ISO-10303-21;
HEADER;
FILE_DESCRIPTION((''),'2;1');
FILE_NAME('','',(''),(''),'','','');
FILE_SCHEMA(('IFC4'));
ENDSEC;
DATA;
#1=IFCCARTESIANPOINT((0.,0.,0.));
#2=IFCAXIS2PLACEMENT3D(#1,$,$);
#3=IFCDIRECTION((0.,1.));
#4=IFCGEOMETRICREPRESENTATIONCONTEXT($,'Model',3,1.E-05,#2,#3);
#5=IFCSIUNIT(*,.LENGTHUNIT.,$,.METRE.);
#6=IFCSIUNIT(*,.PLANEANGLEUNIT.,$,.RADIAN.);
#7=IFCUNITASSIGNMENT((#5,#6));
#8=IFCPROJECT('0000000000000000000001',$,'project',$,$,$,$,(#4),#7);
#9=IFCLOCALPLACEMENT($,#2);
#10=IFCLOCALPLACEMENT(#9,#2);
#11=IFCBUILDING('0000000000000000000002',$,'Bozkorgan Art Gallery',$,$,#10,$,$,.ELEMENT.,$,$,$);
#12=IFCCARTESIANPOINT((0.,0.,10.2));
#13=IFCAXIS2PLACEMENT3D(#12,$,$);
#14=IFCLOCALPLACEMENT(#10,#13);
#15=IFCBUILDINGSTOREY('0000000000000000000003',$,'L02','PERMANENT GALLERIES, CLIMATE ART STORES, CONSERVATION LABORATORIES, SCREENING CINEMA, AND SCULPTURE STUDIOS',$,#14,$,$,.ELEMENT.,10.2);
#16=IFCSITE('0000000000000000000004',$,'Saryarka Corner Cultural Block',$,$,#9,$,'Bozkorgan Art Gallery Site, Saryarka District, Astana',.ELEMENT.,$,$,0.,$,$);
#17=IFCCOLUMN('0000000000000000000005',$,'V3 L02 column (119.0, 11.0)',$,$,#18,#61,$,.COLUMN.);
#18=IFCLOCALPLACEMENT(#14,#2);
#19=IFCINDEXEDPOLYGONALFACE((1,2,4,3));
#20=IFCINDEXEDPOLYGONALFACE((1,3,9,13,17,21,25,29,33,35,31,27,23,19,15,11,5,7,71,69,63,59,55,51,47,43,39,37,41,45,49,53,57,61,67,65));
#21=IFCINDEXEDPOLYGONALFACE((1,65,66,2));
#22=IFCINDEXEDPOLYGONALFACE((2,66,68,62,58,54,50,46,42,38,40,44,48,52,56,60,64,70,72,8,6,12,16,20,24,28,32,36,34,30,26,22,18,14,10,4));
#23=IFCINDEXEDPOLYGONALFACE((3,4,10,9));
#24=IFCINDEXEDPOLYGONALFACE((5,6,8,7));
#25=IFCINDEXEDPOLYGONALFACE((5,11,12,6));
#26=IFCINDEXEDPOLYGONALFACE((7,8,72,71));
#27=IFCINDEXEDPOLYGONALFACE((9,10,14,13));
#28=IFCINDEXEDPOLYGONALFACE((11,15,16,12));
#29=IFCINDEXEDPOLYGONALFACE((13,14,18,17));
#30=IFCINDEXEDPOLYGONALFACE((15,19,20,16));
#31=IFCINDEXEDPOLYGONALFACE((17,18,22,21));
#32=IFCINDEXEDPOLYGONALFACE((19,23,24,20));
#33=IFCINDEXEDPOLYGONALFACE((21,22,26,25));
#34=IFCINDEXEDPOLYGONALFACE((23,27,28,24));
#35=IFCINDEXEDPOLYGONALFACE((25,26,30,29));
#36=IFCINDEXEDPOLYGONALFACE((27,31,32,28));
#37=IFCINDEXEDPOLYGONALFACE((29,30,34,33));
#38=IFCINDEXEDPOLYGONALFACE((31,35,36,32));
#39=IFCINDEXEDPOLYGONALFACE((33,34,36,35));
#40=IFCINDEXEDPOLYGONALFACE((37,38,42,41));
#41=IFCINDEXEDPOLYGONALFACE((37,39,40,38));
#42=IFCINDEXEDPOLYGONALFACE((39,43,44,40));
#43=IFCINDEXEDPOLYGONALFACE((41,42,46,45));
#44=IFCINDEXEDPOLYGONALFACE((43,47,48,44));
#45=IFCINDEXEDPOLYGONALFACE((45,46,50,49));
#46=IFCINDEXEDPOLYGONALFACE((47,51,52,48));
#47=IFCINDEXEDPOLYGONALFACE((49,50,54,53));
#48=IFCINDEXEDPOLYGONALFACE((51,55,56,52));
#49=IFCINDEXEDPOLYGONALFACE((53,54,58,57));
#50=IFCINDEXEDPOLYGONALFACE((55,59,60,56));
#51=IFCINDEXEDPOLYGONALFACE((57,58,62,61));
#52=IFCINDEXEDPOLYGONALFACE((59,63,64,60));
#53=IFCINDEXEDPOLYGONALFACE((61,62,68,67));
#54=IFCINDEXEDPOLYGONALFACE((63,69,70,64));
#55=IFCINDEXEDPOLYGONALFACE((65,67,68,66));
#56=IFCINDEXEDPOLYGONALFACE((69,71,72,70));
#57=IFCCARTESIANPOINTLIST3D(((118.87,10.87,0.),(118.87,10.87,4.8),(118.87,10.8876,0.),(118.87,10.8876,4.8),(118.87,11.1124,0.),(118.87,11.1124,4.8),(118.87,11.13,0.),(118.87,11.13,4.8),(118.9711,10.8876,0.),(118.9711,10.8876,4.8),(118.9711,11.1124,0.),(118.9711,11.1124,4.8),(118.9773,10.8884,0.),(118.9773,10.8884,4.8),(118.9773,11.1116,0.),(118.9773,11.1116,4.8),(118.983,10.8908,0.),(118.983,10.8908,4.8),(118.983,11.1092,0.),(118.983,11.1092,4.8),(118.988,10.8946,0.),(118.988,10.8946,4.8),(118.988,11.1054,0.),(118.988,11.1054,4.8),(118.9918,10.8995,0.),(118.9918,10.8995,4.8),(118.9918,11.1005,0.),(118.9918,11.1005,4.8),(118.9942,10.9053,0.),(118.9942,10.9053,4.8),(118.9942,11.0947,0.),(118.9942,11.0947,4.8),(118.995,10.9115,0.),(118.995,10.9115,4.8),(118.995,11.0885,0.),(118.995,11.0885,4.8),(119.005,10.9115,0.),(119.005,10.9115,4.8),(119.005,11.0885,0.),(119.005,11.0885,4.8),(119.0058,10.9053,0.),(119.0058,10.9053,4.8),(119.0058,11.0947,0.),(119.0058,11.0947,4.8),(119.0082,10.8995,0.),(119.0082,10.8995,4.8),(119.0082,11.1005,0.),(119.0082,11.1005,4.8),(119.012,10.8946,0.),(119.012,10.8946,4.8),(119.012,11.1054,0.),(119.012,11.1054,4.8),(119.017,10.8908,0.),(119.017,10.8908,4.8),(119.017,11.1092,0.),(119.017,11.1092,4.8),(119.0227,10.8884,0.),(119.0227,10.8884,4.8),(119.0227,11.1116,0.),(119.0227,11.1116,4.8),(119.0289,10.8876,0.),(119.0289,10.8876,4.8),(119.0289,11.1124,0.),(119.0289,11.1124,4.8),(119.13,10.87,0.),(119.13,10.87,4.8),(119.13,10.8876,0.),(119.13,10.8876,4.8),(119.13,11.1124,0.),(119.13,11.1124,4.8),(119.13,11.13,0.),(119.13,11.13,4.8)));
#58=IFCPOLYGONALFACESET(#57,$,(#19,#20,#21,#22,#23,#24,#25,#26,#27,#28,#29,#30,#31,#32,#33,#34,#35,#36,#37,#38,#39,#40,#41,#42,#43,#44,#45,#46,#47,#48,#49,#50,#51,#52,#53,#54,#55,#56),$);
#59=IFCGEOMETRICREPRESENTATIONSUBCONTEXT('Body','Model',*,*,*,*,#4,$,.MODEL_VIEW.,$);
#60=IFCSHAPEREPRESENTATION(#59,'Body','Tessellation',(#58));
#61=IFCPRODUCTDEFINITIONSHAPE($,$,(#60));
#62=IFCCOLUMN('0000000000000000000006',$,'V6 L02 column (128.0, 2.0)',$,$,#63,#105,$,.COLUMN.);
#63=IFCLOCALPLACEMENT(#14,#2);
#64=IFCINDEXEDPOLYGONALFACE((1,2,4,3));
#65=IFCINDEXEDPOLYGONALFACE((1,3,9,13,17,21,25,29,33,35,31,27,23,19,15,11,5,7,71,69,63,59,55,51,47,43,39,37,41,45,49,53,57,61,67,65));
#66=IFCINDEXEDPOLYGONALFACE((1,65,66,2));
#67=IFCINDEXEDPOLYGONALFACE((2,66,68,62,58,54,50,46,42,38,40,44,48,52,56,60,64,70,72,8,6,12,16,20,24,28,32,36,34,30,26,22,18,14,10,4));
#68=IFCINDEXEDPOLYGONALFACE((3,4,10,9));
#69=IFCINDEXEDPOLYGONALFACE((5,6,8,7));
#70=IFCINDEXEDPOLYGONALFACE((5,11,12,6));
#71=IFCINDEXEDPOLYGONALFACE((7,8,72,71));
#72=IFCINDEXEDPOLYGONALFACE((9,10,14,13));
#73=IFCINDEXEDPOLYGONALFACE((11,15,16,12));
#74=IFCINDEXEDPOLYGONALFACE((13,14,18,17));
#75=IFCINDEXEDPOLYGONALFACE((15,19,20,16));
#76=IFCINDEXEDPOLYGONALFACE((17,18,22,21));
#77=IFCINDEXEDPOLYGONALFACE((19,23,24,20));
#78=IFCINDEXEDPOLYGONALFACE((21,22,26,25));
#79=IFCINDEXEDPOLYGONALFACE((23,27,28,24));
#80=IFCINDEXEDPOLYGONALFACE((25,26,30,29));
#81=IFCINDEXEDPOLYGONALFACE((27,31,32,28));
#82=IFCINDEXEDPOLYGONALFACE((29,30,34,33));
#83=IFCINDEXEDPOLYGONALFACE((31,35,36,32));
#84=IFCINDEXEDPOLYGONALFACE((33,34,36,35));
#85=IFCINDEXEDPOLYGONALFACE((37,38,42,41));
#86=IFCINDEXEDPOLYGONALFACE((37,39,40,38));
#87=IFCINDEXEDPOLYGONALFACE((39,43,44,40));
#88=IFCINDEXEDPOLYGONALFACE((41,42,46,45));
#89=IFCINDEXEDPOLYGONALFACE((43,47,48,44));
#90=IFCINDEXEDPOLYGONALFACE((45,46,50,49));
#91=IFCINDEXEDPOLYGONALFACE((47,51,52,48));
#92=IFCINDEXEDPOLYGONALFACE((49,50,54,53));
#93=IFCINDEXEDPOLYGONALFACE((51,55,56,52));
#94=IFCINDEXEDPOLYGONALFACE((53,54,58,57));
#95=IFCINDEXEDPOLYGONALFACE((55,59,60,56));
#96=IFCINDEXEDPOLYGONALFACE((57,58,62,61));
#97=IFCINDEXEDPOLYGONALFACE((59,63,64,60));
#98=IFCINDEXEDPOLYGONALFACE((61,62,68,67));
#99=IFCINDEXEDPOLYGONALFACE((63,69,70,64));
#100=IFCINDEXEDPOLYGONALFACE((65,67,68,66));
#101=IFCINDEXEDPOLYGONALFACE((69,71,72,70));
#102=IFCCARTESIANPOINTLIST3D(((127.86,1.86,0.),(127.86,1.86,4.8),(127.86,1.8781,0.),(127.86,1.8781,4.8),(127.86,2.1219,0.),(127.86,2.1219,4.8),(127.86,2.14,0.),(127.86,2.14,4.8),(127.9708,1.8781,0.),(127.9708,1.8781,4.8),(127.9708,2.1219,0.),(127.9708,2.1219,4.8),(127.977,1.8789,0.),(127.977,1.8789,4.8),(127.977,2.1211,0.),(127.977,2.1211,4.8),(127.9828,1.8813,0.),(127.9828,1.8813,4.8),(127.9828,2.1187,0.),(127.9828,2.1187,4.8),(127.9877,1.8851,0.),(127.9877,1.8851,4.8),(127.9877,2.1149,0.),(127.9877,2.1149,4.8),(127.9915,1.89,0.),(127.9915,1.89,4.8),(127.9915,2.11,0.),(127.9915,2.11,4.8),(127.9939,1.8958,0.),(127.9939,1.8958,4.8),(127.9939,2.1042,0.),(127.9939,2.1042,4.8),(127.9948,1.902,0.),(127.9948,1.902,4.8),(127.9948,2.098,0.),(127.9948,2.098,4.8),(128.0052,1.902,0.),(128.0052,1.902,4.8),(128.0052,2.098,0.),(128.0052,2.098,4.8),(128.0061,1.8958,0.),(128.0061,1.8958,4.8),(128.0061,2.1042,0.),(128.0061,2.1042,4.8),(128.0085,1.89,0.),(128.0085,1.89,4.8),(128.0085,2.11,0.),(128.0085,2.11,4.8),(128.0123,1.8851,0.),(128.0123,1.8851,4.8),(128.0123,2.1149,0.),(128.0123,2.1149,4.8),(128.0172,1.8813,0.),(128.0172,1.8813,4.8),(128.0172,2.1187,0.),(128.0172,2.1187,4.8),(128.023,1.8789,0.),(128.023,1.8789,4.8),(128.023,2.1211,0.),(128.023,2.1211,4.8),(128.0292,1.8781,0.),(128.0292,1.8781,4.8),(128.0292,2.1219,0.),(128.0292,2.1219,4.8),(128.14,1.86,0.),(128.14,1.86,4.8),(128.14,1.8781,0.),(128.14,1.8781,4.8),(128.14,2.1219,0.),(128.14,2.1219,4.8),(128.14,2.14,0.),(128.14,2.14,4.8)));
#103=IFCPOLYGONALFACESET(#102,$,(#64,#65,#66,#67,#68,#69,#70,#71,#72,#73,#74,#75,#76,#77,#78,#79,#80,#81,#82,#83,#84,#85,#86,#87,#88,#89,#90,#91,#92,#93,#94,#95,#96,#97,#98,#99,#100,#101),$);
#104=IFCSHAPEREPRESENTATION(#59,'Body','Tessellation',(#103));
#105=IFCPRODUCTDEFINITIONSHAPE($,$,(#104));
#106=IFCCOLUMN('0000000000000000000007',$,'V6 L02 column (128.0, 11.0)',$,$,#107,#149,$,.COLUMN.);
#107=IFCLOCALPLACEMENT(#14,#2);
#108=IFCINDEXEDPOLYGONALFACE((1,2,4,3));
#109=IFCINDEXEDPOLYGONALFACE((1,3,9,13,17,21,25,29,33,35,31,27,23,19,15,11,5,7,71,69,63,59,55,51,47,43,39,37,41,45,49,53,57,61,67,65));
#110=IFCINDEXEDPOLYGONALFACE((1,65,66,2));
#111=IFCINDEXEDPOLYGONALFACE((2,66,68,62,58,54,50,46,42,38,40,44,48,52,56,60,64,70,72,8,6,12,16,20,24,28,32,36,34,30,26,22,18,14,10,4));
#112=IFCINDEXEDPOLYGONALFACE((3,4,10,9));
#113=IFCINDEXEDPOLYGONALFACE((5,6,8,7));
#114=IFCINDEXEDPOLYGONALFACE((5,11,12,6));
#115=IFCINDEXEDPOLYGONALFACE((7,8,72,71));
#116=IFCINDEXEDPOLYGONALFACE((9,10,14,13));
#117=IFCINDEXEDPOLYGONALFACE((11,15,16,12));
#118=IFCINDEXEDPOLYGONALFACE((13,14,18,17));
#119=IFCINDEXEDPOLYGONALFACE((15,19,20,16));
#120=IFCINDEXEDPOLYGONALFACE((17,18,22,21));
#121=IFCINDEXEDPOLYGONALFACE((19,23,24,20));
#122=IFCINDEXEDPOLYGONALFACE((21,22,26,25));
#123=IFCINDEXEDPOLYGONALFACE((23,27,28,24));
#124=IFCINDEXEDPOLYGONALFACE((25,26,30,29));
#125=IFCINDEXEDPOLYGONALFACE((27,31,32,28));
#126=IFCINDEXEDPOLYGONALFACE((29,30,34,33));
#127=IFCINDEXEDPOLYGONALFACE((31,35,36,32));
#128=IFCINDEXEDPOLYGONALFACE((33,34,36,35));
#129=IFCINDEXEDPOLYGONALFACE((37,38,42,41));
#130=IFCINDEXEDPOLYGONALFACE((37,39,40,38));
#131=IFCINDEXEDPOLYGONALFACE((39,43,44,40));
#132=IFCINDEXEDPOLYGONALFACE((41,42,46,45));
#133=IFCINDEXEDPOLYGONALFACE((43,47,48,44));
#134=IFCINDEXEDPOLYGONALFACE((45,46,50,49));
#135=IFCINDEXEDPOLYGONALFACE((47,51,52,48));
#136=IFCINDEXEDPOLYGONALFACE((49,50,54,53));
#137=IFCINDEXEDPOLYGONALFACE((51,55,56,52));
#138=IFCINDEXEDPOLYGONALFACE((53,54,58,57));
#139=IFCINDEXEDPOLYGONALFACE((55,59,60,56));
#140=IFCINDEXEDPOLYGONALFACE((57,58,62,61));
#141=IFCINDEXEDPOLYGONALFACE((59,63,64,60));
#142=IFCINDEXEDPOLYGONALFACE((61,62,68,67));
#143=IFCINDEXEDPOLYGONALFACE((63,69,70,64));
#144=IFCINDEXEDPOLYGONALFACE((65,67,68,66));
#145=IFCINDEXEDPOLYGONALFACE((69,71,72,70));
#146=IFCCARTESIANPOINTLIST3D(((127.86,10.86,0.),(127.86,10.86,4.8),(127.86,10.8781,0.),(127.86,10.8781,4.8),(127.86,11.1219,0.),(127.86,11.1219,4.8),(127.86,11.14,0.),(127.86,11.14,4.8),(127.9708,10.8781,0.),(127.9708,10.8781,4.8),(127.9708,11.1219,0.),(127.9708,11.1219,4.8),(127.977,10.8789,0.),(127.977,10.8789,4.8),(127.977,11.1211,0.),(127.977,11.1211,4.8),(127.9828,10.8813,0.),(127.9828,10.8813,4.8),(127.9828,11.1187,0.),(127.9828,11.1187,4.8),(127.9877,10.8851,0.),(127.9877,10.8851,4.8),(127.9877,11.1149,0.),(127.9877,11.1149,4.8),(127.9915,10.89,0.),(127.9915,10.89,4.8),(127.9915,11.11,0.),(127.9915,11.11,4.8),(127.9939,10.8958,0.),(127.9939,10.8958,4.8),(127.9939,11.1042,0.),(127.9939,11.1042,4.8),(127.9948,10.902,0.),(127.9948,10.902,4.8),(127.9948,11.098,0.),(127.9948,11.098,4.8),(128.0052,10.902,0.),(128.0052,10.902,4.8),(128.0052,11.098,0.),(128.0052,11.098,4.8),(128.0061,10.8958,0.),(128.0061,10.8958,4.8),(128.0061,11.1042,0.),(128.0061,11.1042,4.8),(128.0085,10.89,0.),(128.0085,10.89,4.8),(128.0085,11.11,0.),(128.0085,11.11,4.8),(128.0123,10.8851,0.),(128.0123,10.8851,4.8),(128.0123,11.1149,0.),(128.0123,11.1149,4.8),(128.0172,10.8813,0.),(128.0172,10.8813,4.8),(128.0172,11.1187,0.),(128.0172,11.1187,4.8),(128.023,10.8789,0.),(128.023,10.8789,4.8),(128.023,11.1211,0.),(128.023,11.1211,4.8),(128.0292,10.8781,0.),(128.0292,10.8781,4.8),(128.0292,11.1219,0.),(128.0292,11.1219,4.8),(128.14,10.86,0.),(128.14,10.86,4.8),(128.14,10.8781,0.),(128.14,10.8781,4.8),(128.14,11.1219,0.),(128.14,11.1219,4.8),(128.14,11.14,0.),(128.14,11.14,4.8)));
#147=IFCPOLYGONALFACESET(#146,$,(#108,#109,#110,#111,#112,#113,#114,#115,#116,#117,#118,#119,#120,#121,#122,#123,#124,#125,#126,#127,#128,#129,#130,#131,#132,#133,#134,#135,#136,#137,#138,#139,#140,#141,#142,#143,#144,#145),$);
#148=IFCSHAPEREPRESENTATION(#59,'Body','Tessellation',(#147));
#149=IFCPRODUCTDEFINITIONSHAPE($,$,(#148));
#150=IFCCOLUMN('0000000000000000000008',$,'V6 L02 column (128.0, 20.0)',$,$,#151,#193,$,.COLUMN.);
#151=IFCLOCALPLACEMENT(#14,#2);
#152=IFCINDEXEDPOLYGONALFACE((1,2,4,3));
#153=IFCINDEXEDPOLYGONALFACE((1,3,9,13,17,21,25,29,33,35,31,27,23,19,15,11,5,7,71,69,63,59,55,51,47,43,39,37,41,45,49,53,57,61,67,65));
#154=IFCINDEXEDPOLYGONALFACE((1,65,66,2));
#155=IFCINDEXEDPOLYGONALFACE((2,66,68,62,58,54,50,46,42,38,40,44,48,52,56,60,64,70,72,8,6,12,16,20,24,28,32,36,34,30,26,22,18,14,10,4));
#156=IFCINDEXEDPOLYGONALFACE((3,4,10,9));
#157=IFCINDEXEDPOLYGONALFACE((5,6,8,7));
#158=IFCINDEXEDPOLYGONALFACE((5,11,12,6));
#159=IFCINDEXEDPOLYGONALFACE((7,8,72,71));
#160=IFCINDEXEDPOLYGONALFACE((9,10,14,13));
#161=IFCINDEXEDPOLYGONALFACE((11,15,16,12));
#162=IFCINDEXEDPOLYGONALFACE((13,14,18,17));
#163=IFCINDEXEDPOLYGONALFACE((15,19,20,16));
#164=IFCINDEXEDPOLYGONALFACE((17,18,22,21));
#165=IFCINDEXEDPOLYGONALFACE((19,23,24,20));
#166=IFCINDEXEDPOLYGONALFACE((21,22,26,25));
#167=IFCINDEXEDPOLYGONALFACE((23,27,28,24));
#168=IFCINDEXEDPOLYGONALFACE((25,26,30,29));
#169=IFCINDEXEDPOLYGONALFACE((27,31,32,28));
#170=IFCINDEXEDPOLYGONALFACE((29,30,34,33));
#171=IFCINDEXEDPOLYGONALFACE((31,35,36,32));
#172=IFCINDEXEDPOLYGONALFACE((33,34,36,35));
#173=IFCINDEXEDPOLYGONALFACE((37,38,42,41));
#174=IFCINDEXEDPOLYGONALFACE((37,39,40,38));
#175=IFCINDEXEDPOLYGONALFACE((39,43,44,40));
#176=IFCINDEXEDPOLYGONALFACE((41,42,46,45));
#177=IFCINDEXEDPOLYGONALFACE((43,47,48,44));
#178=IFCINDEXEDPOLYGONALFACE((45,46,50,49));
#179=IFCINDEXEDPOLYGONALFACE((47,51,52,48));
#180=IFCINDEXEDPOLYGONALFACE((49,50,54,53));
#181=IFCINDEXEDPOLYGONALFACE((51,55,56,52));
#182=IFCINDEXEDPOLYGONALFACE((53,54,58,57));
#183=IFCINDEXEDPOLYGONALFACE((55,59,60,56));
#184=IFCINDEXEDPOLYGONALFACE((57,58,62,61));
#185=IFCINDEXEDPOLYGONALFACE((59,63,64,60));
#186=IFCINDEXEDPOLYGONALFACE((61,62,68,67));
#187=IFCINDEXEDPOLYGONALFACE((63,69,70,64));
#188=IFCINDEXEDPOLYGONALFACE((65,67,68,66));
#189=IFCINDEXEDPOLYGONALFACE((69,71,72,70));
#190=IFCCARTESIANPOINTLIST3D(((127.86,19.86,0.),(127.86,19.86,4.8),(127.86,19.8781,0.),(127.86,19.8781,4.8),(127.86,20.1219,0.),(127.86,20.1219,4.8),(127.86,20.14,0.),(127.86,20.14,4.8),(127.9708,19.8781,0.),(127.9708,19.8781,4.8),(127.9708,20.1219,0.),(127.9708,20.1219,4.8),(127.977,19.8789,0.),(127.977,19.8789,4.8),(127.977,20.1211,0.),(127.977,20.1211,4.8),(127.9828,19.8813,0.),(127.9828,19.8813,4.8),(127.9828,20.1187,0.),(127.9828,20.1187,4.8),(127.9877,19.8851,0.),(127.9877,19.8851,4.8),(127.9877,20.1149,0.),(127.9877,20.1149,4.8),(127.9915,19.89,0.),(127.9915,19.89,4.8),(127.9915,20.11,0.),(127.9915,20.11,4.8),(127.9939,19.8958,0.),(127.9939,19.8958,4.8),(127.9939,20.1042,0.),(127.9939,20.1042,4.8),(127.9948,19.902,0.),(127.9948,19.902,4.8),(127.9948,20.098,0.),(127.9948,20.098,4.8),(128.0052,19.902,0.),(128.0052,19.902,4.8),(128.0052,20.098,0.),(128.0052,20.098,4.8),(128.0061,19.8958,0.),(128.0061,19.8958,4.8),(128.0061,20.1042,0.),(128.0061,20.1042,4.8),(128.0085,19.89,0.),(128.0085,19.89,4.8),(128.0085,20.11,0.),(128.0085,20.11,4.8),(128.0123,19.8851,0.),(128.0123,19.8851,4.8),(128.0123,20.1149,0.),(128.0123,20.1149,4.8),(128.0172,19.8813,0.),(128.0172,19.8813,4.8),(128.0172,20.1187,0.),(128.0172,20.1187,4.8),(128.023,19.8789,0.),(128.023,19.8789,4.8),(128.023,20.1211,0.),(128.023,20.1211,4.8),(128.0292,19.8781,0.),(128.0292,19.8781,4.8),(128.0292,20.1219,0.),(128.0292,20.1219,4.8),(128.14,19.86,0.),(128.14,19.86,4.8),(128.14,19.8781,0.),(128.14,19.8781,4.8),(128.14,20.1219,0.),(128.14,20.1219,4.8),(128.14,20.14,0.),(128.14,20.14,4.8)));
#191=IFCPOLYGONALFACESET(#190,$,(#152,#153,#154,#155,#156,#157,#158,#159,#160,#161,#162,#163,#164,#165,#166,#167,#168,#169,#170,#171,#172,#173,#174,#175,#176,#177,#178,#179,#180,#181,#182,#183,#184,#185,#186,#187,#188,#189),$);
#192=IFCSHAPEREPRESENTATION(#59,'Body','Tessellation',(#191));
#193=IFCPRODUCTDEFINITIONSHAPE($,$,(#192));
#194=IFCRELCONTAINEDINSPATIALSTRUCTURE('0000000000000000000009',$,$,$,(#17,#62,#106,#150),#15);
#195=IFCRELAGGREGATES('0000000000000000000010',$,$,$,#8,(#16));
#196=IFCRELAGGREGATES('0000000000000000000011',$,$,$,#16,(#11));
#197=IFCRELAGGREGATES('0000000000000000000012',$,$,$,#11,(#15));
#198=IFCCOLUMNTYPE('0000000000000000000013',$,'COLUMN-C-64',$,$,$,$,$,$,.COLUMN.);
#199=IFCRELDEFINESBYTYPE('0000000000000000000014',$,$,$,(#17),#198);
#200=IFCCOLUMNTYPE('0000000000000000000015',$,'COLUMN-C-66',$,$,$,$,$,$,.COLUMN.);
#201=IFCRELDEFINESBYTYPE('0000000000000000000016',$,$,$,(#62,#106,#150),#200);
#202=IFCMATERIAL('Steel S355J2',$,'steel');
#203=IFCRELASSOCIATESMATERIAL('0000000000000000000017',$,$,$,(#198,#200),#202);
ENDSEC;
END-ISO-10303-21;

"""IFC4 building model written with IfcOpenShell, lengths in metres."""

from ifc_helpers import new_model, si_unit, direction, frame, origin, origin_2d, place, context, subcontext, project, spatial, i_section, extrude, material, material_profile, profile_set, type_object, element, save


model = new_model("IFC4")

# Units and contexts
model_context = context("Model", 3, precision=1e-05, world=origin(), true_north=direction((0.0, 1.0)))
body_context = subcontext(model_context, "Body", "Model", "MODEL_VIEW")
ifc_project = project(units=[si_unit("LENGTHUNIT", "METRE"), si_unit("PLANEANGLEUNIT", "RADIAN")], contexts=[model_context])

# Site, building, storey
site_placement = place(None, origin())
site = spatial("IfcSite", under=ifc_project, at=site_placement, Name="Saryarka Corner Cultural Block", LongName="Bozkorgan Art Gallery Site, Saryarka District, Astana", CompositionType="ELEMENT", RefElevation=0.0)
building_placement = place(site_placement, origin())
building = spatial("IfcBuilding", under=site, at=building_placement, Name="Bozkorgan Art Gallery", CompositionType="ELEMENT")
storey_placement = place(building_placement, frame((0.0, 0.0, 10.2)))
storey = spatial("IfcBuildingStorey", under=building, at=storey_placement, Name="L02", Description="PERMANENT GALLERIES, CLIMATE ART STORES, CONSERVATION LABORATORIES, SCREENING CINEMA, AND SCULPTURE STUDIOS", CompositionType="ELEMENT", Elevation=10.2)

# Columns
ifc_material_1 = material(Name="Steel S355J2", Category="steel")
ifc_material_profile_1 = material_profile(ifc_material_1, i_section(OverallWidth=0.26, OverallDepth=0.26, WebThickness=0.01, FlangeThickness=0.0176, FilletRadius=0.0239, at=origin_2d()), Name="HEB 260")
ifc_profile_set_1 = profile_set([ifc_material_profile_1], Name="Steel S355J2")
column_type_1 = type_object("IfcColumnType", Name="COLUMN-C-64", PredefinedType="COLUMN", material=ifc_profile_set_1)
column_placement = place(storey_placement, frame((119.0, 11.0, 0.0), z_axis=(0.0, 0.0, 1.0), x_axis=(1.0, 0.0, 0.0)))
element("IfcColumn", 1, at=column_placement, inside=storey, type_object=column_type_1, Name="V3 L02 column (119.0, 11.0)", PredefinedType="COLUMN", context=body_context, shape_type="SweptSolid", body=[
    extrude(i_section(OverallWidth=0.26, OverallDepth=0.26, WebThickness=0.01, FlangeThickness=0.0176, FilletRadius=0.0239, at=origin_2d()), origin(), (0.0, 0.0, 1.0), 4.8),
])
ifc_material_profile_2 = material_profile(ifc_material_1, i_section(OverallWidth=0.28, OverallDepth=0.28, WebThickness=0.0105, FlangeThickness=0.0181, FilletRadius=0.0239, at=origin_2d()), Name="HEB 280")
ifc_profile_set_2 = profile_set([ifc_material_profile_2], Name="Steel S355J2")
column_type_2 = type_object("IfcColumnType", Name="COLUMN-C-66", PredefinedType="COLUMN", material=ifc_profile_set_2)
for number, where, z_axis, x_axis, name in (
    (2, (128.0, 2.0, 0.0), (0.0, 0.0, 1.0), (1.0, 0.0, 0.0), "V6 L02 column (128.0, 2.0)"),
    (3, (128.0, 11.0, 0.0), (0.0, 0.0, 1.0), (1.0, 0.0, 0.0), "V6 L02 column (128.0, 11.0)"),
    (4, (128.0, 20.0, 0.0), (0.0, 0.0, 1.0), (1.0, 0.0, 0.0), "V6 L02 column (128.0, 20.0)"),
):
    element("IfcColumn", number, at=place(storey_placement, frame(where, z_axis=z_axis, x_axis=x_axis)), inside=storey, type_object=column_type_2, Name=name, PredefinedType="COLUMN", context=body_context, shape_type="SweptSolid", body=[
        extrude(i_section(OverallWidth=0.28, OverallDepth=0.28, WebThickness=0.0105, FlangeThickness=0.0181, FilletRadius=0.0239, at=origin_2d()), origin(), (0.0, 0.0, 1.0), 4.8),
    ])

save(model, "model.ifc")
